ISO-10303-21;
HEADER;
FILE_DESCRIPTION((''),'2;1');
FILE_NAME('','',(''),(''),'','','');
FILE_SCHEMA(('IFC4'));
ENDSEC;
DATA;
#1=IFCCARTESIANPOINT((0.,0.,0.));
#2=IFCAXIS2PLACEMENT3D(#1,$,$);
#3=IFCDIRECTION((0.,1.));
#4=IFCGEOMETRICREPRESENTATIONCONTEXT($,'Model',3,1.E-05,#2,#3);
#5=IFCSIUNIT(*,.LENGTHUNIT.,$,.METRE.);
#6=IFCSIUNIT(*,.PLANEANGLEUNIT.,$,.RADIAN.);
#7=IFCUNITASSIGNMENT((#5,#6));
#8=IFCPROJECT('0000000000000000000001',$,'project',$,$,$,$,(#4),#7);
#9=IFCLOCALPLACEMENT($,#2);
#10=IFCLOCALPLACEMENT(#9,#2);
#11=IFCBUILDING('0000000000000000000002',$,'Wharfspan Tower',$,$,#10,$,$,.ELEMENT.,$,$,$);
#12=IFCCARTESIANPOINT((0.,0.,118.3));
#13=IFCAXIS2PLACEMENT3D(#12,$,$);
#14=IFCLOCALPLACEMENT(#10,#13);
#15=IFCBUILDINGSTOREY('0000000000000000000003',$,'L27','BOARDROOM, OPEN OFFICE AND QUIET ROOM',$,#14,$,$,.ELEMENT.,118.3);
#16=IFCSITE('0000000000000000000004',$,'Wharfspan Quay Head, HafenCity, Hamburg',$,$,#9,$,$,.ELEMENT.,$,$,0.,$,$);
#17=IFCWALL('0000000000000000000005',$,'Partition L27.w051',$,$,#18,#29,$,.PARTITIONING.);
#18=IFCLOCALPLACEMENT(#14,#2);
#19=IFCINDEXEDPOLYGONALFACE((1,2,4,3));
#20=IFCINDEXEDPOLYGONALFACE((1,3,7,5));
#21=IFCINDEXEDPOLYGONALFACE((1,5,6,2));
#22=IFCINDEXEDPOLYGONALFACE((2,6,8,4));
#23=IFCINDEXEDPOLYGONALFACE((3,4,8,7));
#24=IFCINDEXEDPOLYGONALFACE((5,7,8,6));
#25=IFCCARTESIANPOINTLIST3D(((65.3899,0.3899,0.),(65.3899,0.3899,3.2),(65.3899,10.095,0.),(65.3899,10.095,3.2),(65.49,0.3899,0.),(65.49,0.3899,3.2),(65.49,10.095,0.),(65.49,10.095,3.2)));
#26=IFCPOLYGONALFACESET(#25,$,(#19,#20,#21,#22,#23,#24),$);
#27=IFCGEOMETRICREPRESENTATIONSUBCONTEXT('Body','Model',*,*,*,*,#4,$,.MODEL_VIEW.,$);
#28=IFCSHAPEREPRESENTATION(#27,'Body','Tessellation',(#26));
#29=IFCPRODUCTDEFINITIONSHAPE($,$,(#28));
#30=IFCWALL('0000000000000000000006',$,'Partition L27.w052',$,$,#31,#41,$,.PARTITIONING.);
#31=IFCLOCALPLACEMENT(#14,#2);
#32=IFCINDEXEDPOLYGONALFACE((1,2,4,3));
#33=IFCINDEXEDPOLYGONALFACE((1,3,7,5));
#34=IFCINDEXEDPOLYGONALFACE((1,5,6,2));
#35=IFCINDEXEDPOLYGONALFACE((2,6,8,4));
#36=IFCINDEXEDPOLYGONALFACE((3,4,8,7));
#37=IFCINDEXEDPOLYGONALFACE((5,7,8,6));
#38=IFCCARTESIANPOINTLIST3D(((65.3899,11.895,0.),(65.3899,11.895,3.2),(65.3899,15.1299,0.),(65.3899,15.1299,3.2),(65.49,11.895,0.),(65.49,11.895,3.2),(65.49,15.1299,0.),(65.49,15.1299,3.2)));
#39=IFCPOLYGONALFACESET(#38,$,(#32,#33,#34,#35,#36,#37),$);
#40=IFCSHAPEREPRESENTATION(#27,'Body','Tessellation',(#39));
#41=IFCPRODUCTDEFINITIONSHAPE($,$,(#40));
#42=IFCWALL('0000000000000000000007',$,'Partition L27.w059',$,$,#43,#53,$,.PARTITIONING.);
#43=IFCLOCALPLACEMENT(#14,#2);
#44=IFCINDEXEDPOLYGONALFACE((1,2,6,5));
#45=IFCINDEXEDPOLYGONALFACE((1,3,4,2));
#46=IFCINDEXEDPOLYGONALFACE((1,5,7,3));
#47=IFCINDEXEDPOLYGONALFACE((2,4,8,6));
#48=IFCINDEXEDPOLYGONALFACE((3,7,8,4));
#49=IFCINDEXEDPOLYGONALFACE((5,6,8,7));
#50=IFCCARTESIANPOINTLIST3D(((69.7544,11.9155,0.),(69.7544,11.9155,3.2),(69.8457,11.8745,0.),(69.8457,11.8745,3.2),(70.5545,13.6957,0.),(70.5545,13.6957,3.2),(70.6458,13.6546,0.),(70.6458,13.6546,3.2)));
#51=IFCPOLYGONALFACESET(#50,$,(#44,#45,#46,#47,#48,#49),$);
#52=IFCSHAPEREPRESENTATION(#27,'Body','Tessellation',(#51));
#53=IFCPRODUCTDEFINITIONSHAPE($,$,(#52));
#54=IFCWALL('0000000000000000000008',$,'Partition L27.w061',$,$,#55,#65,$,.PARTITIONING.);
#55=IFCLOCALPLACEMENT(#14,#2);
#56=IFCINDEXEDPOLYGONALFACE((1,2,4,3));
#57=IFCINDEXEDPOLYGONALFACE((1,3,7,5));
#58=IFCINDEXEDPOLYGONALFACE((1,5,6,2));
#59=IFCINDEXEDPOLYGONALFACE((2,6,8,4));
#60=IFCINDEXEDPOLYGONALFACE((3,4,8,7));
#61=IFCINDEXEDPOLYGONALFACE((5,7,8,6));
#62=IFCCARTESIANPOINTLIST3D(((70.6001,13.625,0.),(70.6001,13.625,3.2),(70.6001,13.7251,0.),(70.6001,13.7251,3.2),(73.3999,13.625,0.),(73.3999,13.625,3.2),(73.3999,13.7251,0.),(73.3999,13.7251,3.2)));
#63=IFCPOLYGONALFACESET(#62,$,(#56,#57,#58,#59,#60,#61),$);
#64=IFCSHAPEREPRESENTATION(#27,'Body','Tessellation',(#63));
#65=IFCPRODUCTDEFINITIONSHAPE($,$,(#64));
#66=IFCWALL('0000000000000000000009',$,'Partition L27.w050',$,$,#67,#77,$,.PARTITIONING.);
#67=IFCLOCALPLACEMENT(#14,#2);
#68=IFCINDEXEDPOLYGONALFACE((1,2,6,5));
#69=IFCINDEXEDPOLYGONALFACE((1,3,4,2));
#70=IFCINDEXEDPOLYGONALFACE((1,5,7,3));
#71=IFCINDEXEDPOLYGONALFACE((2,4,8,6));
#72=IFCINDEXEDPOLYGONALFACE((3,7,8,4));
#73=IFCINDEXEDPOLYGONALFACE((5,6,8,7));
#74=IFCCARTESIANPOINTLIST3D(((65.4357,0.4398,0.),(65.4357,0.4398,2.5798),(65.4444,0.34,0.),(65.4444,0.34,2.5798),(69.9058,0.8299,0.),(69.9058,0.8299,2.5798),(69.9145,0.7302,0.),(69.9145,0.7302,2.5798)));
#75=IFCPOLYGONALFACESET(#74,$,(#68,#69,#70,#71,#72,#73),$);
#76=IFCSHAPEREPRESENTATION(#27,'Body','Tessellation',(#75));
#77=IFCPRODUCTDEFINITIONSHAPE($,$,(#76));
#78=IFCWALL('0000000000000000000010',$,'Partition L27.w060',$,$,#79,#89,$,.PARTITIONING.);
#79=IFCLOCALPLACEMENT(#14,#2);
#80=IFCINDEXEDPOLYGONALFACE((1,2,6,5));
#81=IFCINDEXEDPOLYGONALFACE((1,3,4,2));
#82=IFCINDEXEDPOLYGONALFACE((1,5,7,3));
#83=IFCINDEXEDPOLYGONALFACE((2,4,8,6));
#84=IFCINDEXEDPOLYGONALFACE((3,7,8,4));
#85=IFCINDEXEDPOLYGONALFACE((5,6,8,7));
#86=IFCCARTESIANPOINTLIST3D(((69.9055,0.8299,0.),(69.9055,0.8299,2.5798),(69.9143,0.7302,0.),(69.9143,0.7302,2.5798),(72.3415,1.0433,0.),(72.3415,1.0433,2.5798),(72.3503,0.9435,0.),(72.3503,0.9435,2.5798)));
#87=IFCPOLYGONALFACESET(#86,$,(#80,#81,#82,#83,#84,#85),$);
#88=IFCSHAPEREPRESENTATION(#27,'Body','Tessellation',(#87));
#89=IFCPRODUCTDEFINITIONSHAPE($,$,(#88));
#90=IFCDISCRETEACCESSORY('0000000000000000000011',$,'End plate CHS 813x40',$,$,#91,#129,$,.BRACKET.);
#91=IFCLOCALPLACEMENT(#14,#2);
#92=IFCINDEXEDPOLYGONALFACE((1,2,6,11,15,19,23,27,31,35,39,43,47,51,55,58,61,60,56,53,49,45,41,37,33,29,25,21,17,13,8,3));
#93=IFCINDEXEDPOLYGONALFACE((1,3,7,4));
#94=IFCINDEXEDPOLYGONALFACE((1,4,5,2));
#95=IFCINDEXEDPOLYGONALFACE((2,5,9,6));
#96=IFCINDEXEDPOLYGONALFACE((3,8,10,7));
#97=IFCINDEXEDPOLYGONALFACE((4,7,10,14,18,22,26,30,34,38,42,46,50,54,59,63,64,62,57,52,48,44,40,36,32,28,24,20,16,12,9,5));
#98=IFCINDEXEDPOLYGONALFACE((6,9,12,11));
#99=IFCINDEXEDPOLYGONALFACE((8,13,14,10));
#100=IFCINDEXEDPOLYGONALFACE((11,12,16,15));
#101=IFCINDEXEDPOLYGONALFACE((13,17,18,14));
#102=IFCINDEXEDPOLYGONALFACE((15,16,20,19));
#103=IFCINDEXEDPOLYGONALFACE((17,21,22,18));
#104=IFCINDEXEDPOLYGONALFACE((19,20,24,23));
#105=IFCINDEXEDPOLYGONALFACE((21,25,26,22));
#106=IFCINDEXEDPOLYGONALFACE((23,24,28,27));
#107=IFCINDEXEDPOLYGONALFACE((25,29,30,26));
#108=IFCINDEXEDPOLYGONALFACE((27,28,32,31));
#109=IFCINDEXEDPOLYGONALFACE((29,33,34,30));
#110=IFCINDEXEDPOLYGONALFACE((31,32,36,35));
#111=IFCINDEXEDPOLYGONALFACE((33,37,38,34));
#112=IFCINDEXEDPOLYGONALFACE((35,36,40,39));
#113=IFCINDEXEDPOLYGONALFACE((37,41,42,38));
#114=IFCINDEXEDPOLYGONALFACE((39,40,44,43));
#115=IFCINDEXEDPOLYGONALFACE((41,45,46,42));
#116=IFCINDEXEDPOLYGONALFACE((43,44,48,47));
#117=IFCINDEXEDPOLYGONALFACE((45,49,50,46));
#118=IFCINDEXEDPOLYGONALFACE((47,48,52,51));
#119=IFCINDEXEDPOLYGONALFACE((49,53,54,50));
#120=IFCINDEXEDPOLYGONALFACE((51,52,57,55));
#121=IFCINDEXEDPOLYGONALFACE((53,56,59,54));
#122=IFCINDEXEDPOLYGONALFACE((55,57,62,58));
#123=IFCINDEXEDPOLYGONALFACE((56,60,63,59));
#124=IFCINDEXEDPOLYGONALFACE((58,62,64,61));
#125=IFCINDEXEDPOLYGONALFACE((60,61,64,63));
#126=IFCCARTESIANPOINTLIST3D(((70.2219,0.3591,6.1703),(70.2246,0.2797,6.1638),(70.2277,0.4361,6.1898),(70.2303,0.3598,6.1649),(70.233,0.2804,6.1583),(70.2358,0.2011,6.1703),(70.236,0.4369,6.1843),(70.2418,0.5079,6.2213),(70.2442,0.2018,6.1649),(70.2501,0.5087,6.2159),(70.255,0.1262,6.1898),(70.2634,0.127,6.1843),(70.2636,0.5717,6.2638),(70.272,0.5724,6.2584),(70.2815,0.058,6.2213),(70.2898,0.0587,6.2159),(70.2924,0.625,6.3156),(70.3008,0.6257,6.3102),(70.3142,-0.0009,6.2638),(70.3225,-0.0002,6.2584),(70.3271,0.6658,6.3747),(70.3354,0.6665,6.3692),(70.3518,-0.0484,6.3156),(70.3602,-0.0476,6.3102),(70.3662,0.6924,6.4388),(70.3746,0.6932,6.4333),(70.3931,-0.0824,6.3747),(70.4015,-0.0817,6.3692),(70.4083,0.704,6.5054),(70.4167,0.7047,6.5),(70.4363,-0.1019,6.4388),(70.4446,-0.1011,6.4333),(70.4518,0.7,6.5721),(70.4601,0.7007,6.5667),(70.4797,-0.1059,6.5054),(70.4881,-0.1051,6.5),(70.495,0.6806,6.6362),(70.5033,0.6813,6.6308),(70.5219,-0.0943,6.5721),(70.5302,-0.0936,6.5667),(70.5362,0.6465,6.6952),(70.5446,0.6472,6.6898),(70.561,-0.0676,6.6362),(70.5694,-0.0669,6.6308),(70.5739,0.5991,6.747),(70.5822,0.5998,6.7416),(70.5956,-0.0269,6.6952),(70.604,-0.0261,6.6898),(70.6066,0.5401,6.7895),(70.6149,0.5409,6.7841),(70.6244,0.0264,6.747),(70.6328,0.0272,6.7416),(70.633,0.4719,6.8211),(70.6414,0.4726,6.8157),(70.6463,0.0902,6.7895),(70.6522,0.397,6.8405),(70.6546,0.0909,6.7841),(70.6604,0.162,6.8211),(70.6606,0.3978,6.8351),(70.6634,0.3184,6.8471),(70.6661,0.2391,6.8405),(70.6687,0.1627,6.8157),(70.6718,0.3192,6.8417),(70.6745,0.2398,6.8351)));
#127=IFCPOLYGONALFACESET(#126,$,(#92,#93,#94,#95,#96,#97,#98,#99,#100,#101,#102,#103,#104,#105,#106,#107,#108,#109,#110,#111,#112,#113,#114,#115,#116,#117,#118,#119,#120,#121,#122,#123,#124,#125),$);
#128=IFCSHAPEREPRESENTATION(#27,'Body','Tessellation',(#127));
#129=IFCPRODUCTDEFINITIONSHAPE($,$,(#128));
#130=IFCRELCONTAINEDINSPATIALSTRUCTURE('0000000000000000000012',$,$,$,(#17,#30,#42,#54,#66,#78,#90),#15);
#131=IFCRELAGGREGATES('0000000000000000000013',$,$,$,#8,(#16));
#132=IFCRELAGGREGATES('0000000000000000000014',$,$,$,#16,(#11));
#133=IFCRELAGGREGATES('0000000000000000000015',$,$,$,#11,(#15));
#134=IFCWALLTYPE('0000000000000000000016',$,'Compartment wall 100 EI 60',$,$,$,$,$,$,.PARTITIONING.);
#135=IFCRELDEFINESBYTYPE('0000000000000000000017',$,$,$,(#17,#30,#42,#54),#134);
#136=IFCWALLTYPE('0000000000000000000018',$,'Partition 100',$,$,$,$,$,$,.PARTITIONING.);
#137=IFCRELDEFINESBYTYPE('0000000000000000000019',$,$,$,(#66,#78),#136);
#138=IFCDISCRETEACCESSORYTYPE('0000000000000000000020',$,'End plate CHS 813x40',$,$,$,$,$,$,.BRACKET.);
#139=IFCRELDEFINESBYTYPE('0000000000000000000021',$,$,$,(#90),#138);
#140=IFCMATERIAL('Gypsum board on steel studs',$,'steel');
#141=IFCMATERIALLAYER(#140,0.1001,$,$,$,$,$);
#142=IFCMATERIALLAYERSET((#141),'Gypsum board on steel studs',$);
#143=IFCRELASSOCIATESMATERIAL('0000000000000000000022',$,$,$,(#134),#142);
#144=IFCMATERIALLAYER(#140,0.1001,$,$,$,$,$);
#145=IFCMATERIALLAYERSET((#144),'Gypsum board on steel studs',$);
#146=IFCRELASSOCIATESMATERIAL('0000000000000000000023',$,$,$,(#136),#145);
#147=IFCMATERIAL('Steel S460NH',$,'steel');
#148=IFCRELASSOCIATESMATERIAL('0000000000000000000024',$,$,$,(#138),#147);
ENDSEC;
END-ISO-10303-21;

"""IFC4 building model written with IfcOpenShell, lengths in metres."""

from ifc_helpers import new_model, si_unit, direction, frame, frame_2d, origin, origin_2d, place, context, subcontext, project, spatial, rectangle, circle, extrude, material, layer, layer_set, material_profile, profile_set, type_object, element, save


model = new_model("IFC4")

# Units and contexts
model_context = context("Model", 3, precision=1e-05, world=origin(), true_north=direction((0.0, 1.0)))
body_context = subcontext(model_context, "Body", "Model", "MODEL_VIEW")
ifc_project = project(units=[si_unit("LENGTHUNIT", "METRE"), si_unit("PLANEANGLEUNIT", "RADIAN")], contexts=[model_context])

# Site, building, storey
site_placement = place(None, origin())
site = spatial("IfcSite", under=ifc_project, at=site_placement, Name="Wharfspan Quay Head, HafenCity, Hamburg", CompositionType="ELEMENT", RefElevation=0.0)
building_placement = place(site_placement, origin())
building = spatial("IfcBuilding", under=site, at=building_placement, Name="Wharfspan Tower", CompositionType="ELEMENT")
storey_placement = place(building_placement, frame((0.0, 0.0, 118.3)))
storey = spatial("IfcBuildingStorey", under=building, at=storey_placement, Name="L27", Description="BOARDROOM, OPEN OFFICE AND QUIET ROOM", CompositionType="ELEMENT", Elevation=118.3)

# Shared definitions
ifc_material_1 = material(Name="Gypsum board on steel studs", Category="steel")
ifc_layer_1 = layer(ifc_material_1, 0.1001)
ifc_layer_set_1 = layer_set([ifc_layer_1], Name="Gypsum board on steel studs")
wall_type_1 = type_object("IfcWallType", Name="Compartment wall 100 EI 60", PredefinedType="PARTITIONING", material=ifc_layer_set_1)

# Walls
wall_1_placement = place(storey_placement, frame((65.4399, 0.3899, 0.0), z_axis=(0.0, 0.0, 1.0), x_axis=(0.0, 1.0, 0.0)))
element("IfcWall", 1, at=wall_1_placement, inside=storey, type_object=wall_type_1, Name="Partition L27.w051", PredefinedType="PARTITIONING", context=body_context, shape_type="SweptSolid", body=[
    extrude(rectangle(XDim=9.7051, YDim=0.1001, at=frame_2d((4.8525, 0.0))), origin(), (0.0, 0.0, 1.0), 3.2),
])
wall_2_placement = place(storey_placement, frame((65.4399, 11.895, 0.0), z_axis=(0.0, 0.0, 1.0), x_axis=(0.0, 1.0, 0.0)))
element("IfcWall", 2, at=wall_2_placement, inside=storey, type_object=wall_type_1, Name="Partition L27.w052", PredefinedType="PARTITIONING", context=body_context, shape_type="SweptSolid", body=[
    extrude(rectangle(XDim=3.2349, YDim=0.1001, at=frame_2d((1.6174, 0.0))), origin(), (0.0, 0.0, 1.0), 3.2),
])
wall_3_placement = place(storey_placement, frame((69.8, 11.895, 0.0), z_axis=(0.0, 0.0, 1.0), x_axis=(0.409954, 0.912107, 0.0)))
element("IfcWall", 3, at=wall_3_placement, inside=storey, type_object=wall_type_1, Name="Partition L27.w059", PredefinedType="PARTITIONING", context=body_context, shape_type="SweptSolid", body=[
    extrude(rectangle(XDim=1.9517, YDim=0.1001, at=frame_2d((0.9758, 0.0))), origin(), (0.0, 0.0, 1.0), 3.2),
])
wall_4_placement = place(storey_placement, frame((70.6001, 13.675, 0.0), z_axis=(0.0, 0.0, 1.0), x_axis=(1.0, 0.0, 0.0)))
element("IfcWall", 4, at=wall_4_placement, inside=storey, type_object=wall_type_1, Name="Partition L27.w061", PredefinedType="PARTITIONING", context=body_context, shape_type="SweptSolid", body=[
    extrude(rectangle(XDim=2.7998, YDim=0.1001, at=frame_2d((1.3999, 0.0))), origin(), (0.0, 0.0, 1.0), 3.2),
])
ifc_layer_2 = layer(ifc_material_1, 0.1001)
ifc_layer_set_2 = layer_set([ifc_layer_2], Name="Gypsum board on steel studs")
wall_type_2 = type_object("IfcWallType", Name="Partition 100", PredefinedType="PARTITIONING", material=ifc_layer_set_2)
wall_5_placement = place(storey_placement, frame((65.4399, 0.3899, 0.0), z_axis=(0.0, 0.0, 1.0), x_axis=(0.996214, 0.086949, 0.0)))
element("IfcWall", 5, at=wall_5_placement, inside=storey, type_object=wall_type_2, Name="Partition L27.w050", PredefinedType="PARTITIONING", context=body_context, shape_type="SweptSolid", body=[
    extrude(rectangle(XDim=4.4871, YDim=0.1001, at=frame_2d((2.2437, 0.0))), origin(), (0.0, 0.0, 1.0), 2.5798),
])
wall_6_placement = place(storey_placement, frame((69.9099, 0.78, 0.0), z_axis=(0.0, 0.0, 1.0), x_axis=(0.99619, 0.087259, 0.0)))
element("IfcWall", 6, at=wall_6_placement, inside=storey, type_object=wall_type_2, Name="Partition L27.w060", PredefinedType="PARTITIONING", context=body_context, shape_type="SweptSolid", body=[
    extrude(rectangle(XDim=2.4453, YDim=0.1001, at=frame_2d((1.2227, 0.0))), origin(), (0.0, 0.0, 1.0), 2.5798),
])

# Discrete accessory
ifc_material_2 = material(Name="Steel S460NH", Category="steel")
ifc_material_profile_1 = material_profile(ifc_material_2, circle(Radius=0.4065, at=origin_2d()))
ifc_profile_set_1 = profile_set([ifc_material_profile_1], Name="Steel S460NH")
discrete_accessory_type = type_object("IfcDiscreteAccessoryType", Name="End plate CHS 813x40", PredefinedType="BRACKET", material=ifc_profile_set_1)
discrete_accessory_placement = place(storey_placement, frame((70.4524, 0.2998, 6.5), z_axis=(-0.837276, -0.073877, 0.541767), x_axis=(0.087893, -0.996132, -0.000001)))
element("IfcDiscreteAccessory", 7, at=discrete_accessory_placement, inside=storey, type_object=discrete_accessory_type, Name="End plate CHS 813x40", PredefinedType="BRACKET", context=body_context, shape_type="SweptSolid", body=[
    extrude(circle(Radius=0.4065, at=origin_2d()), origin(), (0.0, 0.0, 1.0), 0.01),
])

save(model, "model.ifc")
